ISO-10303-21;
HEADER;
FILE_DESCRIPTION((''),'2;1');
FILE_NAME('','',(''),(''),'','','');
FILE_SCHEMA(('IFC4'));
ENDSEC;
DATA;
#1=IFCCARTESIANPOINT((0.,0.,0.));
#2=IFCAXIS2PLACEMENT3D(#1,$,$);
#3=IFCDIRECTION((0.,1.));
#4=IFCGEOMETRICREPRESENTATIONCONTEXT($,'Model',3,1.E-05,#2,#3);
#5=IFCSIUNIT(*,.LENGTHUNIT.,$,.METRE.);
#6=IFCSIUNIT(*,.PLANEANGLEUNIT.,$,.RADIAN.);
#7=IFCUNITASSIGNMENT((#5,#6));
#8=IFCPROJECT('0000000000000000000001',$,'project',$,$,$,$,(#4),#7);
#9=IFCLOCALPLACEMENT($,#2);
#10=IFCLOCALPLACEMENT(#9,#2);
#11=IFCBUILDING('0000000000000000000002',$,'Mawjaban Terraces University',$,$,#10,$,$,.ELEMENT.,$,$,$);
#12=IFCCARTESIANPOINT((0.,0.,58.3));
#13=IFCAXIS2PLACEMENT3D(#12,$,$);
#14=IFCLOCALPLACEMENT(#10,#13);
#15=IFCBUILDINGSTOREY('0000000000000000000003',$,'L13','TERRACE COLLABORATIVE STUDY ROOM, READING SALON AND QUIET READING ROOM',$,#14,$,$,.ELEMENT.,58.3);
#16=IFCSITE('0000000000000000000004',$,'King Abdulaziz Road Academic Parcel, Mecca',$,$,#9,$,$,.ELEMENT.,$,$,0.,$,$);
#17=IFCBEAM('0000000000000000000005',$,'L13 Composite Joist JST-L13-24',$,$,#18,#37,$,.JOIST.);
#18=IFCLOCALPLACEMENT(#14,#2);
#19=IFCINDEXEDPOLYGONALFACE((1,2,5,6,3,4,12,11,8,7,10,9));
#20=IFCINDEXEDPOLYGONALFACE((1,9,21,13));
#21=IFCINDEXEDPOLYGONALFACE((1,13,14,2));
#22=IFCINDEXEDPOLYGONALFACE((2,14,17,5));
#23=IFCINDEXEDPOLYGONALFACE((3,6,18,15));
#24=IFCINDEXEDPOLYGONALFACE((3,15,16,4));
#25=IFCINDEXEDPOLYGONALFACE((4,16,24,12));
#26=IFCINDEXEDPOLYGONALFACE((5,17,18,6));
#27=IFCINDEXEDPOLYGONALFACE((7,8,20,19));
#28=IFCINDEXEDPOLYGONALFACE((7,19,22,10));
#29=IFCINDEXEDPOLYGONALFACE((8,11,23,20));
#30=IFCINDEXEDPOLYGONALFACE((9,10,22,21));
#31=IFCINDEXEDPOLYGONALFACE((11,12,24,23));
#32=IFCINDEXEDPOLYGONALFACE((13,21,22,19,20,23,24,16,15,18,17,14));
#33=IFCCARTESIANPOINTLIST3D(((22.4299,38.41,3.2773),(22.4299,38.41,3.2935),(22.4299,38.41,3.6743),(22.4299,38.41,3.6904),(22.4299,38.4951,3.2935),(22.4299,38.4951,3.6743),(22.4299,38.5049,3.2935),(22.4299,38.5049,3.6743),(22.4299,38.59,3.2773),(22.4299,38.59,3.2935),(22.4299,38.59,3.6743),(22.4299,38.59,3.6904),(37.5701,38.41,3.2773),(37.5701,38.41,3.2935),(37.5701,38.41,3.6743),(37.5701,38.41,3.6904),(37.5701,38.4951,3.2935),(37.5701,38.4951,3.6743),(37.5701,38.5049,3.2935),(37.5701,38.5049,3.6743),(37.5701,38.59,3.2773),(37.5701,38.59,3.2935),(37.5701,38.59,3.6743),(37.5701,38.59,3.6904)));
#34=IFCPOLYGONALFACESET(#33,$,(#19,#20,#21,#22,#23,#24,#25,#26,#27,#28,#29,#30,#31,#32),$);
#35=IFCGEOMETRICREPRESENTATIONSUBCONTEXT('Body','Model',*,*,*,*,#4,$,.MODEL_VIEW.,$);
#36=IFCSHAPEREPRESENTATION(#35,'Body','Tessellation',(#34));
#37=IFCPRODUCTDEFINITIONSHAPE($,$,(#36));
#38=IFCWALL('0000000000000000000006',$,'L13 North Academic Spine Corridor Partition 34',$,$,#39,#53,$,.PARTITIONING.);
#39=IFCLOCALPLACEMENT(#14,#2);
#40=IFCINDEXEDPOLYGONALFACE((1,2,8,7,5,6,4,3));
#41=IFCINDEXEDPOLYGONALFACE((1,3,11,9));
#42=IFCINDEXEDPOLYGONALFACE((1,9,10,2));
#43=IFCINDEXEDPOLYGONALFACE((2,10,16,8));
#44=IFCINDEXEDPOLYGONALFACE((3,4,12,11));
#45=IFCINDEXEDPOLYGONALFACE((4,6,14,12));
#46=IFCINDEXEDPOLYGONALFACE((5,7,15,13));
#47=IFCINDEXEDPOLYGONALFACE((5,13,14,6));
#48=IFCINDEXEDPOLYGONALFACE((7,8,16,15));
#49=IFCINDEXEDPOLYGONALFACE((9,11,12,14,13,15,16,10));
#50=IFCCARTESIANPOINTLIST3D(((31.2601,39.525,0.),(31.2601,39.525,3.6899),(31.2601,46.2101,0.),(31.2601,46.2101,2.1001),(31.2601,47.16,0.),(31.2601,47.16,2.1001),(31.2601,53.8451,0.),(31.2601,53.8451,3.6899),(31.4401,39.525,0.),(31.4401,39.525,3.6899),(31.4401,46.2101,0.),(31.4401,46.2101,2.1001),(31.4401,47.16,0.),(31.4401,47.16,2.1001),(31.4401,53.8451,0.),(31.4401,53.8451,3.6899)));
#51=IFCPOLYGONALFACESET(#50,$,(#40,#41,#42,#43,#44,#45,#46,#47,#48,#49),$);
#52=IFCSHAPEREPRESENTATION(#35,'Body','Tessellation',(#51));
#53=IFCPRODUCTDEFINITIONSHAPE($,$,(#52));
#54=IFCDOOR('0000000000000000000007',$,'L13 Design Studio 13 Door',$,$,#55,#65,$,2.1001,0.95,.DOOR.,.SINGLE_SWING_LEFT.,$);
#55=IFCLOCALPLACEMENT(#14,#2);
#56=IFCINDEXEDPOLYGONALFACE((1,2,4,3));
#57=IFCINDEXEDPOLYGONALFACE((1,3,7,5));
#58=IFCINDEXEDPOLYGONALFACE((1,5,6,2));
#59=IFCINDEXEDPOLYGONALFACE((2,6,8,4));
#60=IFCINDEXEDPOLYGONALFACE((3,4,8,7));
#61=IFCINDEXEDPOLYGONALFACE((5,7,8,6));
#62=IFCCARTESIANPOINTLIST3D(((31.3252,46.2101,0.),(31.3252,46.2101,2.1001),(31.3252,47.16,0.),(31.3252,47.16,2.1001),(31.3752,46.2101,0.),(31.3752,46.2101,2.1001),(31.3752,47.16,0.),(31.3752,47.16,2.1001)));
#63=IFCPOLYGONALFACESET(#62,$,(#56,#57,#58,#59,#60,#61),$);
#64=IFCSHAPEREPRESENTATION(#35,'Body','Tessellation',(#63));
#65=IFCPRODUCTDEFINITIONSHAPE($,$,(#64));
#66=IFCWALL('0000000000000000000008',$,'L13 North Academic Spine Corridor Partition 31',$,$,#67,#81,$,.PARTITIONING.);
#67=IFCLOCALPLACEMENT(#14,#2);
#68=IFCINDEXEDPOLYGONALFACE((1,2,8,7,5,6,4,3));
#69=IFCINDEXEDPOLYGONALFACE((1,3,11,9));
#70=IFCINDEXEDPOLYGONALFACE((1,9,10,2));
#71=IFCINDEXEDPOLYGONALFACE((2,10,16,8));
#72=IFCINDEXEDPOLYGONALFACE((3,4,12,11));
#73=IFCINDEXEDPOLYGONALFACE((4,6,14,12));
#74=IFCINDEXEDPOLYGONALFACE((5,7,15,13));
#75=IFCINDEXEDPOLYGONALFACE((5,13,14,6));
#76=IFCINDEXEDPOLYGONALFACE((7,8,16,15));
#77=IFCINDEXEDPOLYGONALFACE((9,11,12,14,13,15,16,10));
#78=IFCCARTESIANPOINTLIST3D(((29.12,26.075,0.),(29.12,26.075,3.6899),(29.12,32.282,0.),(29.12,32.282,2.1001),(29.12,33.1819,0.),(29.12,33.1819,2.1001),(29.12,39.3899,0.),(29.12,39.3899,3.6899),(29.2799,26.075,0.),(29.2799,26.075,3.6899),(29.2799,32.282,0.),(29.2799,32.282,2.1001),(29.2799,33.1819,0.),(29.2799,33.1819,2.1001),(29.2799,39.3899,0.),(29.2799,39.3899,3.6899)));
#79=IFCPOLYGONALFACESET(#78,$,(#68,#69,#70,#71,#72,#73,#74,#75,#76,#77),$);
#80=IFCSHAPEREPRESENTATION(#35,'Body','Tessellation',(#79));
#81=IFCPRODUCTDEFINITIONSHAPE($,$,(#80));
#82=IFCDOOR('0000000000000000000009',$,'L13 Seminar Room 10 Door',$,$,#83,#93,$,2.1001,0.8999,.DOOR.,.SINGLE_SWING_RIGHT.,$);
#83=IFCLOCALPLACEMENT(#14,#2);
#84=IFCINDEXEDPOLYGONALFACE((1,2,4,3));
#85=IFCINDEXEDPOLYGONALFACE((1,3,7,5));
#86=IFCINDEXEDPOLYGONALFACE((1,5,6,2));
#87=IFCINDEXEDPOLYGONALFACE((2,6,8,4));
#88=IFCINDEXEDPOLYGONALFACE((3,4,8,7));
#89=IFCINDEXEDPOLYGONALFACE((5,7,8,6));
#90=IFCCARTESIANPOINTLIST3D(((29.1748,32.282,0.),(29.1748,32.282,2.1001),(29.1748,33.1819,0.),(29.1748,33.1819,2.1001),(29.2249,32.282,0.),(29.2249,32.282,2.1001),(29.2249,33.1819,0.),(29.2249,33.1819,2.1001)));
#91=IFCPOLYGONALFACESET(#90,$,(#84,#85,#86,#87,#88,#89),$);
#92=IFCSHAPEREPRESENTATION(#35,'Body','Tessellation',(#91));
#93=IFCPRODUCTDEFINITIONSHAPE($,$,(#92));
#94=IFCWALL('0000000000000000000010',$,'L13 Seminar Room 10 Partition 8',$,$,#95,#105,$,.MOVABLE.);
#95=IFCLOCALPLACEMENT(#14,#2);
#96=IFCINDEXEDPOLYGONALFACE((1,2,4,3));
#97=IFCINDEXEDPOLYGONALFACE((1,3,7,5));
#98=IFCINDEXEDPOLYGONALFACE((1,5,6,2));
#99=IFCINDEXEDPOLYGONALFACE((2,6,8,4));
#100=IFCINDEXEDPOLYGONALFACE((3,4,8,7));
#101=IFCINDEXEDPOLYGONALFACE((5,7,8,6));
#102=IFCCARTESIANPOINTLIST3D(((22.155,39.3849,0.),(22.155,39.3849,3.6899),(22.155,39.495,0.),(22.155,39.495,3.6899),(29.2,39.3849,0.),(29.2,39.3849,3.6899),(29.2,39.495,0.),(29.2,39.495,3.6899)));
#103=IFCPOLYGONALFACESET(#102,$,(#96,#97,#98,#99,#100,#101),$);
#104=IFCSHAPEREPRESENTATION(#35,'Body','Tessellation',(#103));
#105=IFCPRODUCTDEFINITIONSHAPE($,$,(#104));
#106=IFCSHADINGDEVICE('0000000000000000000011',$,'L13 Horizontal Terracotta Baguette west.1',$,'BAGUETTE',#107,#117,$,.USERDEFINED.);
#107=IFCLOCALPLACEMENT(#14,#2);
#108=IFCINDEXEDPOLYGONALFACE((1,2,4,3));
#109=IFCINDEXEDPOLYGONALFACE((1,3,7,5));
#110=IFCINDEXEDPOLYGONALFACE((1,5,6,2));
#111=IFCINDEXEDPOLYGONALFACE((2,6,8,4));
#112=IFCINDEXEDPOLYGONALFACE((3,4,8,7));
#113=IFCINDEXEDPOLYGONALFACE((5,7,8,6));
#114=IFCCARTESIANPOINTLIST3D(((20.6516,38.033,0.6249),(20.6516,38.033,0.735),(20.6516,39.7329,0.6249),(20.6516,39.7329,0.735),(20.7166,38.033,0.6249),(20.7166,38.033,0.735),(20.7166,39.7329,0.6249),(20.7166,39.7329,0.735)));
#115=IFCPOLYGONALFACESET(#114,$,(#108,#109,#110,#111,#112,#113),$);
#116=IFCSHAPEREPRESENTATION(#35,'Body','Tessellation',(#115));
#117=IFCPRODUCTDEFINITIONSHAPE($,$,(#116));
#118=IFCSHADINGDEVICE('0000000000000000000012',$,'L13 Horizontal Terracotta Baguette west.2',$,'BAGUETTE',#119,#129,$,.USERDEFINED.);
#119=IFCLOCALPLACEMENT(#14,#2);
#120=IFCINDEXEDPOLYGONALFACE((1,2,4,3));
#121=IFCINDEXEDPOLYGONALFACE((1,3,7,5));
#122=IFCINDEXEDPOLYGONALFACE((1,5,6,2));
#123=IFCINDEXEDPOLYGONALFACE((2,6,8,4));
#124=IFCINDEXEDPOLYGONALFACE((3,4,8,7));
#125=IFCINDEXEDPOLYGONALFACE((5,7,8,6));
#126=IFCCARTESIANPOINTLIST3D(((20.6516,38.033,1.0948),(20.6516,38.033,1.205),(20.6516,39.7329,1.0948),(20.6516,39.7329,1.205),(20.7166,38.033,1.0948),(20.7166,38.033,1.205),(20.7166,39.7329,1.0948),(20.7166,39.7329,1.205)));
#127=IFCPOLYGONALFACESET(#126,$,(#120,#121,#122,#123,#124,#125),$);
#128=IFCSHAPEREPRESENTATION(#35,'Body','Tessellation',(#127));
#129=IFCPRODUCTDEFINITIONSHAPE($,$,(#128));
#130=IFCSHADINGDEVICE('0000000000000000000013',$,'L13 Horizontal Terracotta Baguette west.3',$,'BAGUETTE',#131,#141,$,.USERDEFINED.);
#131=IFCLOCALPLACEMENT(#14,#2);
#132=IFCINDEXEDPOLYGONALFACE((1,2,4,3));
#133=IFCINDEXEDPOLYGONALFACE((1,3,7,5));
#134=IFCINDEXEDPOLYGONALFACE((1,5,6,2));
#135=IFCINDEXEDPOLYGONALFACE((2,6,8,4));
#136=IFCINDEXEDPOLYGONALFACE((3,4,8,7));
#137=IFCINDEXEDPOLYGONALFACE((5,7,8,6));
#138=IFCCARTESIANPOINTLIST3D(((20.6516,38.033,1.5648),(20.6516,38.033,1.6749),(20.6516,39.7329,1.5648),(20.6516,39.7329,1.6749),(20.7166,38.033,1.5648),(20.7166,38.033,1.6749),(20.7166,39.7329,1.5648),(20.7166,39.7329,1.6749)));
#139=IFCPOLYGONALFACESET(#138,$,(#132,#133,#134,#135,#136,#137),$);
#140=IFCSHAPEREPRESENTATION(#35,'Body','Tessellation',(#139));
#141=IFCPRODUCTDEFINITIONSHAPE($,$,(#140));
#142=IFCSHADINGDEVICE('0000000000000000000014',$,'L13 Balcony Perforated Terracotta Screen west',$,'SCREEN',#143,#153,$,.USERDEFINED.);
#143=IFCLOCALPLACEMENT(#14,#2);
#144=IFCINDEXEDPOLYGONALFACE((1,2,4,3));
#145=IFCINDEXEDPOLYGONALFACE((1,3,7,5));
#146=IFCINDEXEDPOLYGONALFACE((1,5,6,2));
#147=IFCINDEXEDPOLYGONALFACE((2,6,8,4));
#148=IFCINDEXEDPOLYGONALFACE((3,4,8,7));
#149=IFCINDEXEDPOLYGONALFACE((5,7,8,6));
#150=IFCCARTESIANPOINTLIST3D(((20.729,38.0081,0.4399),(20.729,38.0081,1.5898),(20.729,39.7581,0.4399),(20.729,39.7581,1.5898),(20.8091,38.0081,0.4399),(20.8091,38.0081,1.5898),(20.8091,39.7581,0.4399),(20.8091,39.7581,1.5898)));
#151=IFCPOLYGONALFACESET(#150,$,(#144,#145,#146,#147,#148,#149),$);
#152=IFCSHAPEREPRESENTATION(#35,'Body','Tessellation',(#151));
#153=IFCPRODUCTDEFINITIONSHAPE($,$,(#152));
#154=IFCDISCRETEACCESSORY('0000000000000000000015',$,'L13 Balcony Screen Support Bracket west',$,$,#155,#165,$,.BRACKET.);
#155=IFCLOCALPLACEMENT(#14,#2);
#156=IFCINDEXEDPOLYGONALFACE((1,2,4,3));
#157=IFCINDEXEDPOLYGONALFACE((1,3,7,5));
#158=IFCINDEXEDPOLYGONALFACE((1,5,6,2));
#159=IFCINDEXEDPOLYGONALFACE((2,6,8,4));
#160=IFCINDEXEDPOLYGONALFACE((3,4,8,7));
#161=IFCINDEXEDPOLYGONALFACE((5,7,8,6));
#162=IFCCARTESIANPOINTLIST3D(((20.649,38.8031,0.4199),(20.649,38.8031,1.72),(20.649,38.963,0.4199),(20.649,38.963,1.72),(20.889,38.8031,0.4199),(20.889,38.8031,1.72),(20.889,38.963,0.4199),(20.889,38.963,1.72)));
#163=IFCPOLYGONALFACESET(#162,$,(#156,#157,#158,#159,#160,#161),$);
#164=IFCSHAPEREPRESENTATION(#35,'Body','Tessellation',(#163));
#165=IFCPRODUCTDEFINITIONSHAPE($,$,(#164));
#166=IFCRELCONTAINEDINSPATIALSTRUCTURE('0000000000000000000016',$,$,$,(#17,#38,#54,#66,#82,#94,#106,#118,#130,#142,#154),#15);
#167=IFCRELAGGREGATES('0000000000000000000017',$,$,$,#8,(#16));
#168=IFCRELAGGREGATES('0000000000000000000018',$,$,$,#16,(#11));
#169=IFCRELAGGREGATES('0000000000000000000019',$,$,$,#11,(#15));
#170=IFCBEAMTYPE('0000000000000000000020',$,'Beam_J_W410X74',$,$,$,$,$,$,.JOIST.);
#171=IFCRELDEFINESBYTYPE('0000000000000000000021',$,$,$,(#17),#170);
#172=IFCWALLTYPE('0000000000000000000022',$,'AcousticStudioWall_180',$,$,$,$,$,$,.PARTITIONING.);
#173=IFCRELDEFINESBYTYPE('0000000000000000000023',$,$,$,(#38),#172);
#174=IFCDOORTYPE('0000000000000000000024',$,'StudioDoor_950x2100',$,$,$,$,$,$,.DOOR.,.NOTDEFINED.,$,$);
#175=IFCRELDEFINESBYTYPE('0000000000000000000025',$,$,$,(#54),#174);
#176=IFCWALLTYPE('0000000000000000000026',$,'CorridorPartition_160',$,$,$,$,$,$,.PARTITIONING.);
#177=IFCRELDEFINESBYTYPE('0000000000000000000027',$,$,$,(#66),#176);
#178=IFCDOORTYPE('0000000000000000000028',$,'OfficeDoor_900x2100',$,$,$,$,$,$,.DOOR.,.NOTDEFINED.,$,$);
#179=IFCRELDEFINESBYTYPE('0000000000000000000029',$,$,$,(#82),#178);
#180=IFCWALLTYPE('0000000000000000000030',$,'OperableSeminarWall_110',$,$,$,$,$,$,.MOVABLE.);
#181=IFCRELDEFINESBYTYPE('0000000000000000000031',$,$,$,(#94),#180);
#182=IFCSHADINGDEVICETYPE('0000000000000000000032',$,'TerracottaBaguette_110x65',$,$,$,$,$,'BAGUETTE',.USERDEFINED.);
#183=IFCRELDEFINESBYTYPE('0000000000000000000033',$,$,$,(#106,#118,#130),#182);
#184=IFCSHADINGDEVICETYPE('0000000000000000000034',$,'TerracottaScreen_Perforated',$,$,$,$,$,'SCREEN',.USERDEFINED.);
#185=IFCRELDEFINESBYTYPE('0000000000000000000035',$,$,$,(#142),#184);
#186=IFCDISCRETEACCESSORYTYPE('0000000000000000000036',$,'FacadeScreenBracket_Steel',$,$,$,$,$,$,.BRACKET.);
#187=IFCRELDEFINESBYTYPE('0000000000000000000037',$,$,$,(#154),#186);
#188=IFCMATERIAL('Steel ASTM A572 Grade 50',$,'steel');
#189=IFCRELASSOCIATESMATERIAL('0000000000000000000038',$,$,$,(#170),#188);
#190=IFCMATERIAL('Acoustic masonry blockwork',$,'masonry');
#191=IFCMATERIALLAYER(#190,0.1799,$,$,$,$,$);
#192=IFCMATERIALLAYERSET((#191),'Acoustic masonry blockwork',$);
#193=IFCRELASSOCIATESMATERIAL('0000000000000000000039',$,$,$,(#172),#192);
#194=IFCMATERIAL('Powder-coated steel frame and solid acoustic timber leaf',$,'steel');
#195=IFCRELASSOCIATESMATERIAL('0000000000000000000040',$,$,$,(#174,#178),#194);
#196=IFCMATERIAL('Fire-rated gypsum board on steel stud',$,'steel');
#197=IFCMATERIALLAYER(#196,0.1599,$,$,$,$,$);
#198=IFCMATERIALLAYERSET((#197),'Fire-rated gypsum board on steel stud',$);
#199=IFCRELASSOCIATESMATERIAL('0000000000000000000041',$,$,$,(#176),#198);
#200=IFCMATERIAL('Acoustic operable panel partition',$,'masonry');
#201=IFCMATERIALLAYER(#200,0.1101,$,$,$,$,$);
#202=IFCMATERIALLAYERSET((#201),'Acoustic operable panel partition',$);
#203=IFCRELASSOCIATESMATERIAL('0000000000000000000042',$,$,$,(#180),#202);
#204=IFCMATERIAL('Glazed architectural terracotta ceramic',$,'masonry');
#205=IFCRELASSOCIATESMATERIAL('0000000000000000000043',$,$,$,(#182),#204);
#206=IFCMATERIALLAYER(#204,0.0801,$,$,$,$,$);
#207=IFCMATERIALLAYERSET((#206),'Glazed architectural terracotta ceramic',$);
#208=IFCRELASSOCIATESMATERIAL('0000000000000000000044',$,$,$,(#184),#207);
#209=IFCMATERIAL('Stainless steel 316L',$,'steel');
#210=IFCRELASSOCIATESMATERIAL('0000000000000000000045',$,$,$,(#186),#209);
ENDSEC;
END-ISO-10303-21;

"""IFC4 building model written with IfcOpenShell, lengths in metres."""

from ifc_helpers import new_model, si_unit, direction, frame, frame_2d, origin, origin_2d, place, context, subcontext, project, spatial, rectangle, i_section, extrude, material, layer, layer_set, material_profile, profile_set, type_object, element, fill, save


model = new_model("IFC4")

# Units and contexts
model_context = context("Model", 3, precision=1e-05, world=origin(), true_north=direction((0.0, 1.0)))
body_context = subcontext(model_context, "Body", "Model", "MODEL_VIEW")
ifc_project = project(units=[si_unit("LENGTHUNIT", "METRE"), si_unit("PLANEANGLEUNIT", "RADIAN")], contexts=[model_context])

# Site, building, storey
site_placement = place(None, origin())
site = spatial("IfcSite", under=ifc_project, at=site_placement, Name="King Abdulaziz Road Academic Parcel, Mecca", CompositionType="ELEMENT", RefElevation=0.0)
building_placement = place(site_placement, origin())
building = spatial("IfcBuilding", under=site, at=building_placement, Name="Mawjaban Terraces University", CompositionType="ELEMENT")
storey_placement = place(building_placement, frame((0.0, 0.0, 58.3)))
storey = spatial("IfcBuildingStorey", under=building, at=storey_placement, Name="L13", Description="TERRACE COLLABORATIVE STUDY ROOM, READING SALON AND QUIET READING ROOM", CompositionType="ELEMENT", Elevation=58.3)

# Beam
ifc_material_1 = material(Name="Steel ASTM A572 Grade 50", Category="steel")
ifc_material_profile_1 = material_profile(ifc_material_1, i_section(OverallWidth=0.1799, OverallDepth=0.4131, WebThickness=0.0098, FlangeThickness=0.0161, at=origin_2d()), Name="W410X74")
ifc_profile_set_1 = profile_set([ifc_material_profile_1], Name="Steel ASTM A572 Grade 50")
beam_type = type_object("IfcBeamType", Name="Beam_J_W410X74", PredefinedType="JOIST", material=ifc_profile_set_1)
beam_placement = place(storey_placement, frame((22.4299, 38.5, 3.4839), z_axis=(1.0, 0.0, 0.0), x_axis=(0.0, 1.0, 0.0)))
element("IfcBeam", 1, at=beam_placement, inside=storey, type_object=beam_type, Name="L13 Composite Joist JST-L13-24", PredefinedType="JOIST", context=body_context, shape_type="SweptSolid", body=[
    extrude(i_section(OverallWidth=0.1799, OverallDepth=0.4131, WebThickness=0.0098, FlangeThickness=0.0161, at=origin_2d()), origin(), (0.0, 0.0, 1.0), 15.1401),
])

# Walls, openings, doors
ifc_material_2 = material(Name="Acoustic masonry blockwork", Category="masonry")
ifc_layer_1 = layer(ifc_material_2, 0.1799)
ifc_layer_set_1 = layer_set([ifc_layer_1], Name="Acoustic masonry blockwork")
wall_type_1 = type_object("IfcWallType", Name="AcousticStudioWall_180", PredefinedType="PARTITIONING", material=ifc_layer_set_1)
wall_1_placement = place(storey_placement, frame((31.3501, 39.5249, 0.0), z_axis=(0.0, 0.0, 1.0), x_axis=(0.0, 1.0, 0.0)))
wall_1 = element("IfcWall", 2, at=wall_1_placement, inside=storey, type_object=wall_type_1, Name="L13 North Academic Spine Corridor Partition 34", PredefinedType="PARTITIONING", context=body_context, shape_type="SweptSolid", body=[
    extrude(rectangle(XDim=14.3201, YDim=0.1799, at=frame_2d((7.1602, 0.0))), origin(), (0.0, 0.0, 1.0), 3.6899),
])
opening_1_placement = place(wall_1_placement, frame((6.6851, 0.0, 0.0)))
opening_1 = element("IfcOpeningElement", 3, at=opening_1_placement, cuts=wall_1, PredefinedType="OPENING", context=body_context, shape_type="SweptSolid", body=[
    extrude(rectangle(XDim=0.95, YDim=2.1001, at=frame_2d((0.4751, 1.05))), frame((0.0, 0.0999, 0.0), z_axis=(0.0, -1.0, 0.0), x_axis=(1.0, 0.0, 0.0)), (0.0, 0.0, 1.0), 0.2),
])
ifc_material_3 = material(Name="Powder-coated steel frame and solid acoustic timber leaf", Category="steel")
door_type_1 = type_object("IfcDoorType", Name="StudioDoor_950x2100", OperationType="NOTDEFINED", PredefinedType="DOOR", material=ifc_material_3)
door_1_placement = place(opening_1_placement, origin())
door_1 = element("IfcDoor", 4, at=door_1_placement, inside=storey, type_object=door_type_1, Name="L13 Design Studio 13 Door", OperationType="SINGLE_SWING_LEFT", OverallHeight=2.1001, OverallWidth=0.95, PredefinedType="DOOR", context=body_context, shape_type="SweptSolid", body=[
    extrude(rectangle(XDim=0.95, YDim=2.1001, at=frame_2d((0.4751, 1.05))), frame((0.0, 0.0249, 0.0), z_axis=(0.0, -1.0, 0.0), x_axis=(1.0, 0.0, 0.0)), (0.0, 0.0, 1.0), 0.05),
])
fill(opening_1, door_1)
ifc_material_4 = material(Name="Fire-rated gypsum board on steel stud", Category="steel")
ifc_layer_2 = layer(ifc_material_4, 0.1599)
ifc_layer_set_2 = layer_set([ifc_layer_2], Name="Fire-rated gypsum board on steel stud")
wall_type_2 = type_object("IfcWallType", Name="CorridorPartition_160", PredefinedType="PARTITIONING", material=ifc_layer_set_2)
wall_2_placement = place(storey_placement, frame((29.2, 39.3899, 0.0), z_axis=(0.0, 0.0, 1.0), x_axis=(0.0, -1.0, 0.0)))
wall_2 = element("IfcWall", 5, at=wall_2_placement, inside=storey, type_object=wall_type_2, Name="L13 North Academic Spine Corridor Partition 31", PredefinedType="PARTITIONING", context=body_context, shape_type="SweptSolid", body=[
    extrude(rectangle(XDim=13.3149, YDim=0.1599, at=frame_2d((6.6575, 0.0))), origin(), (0.0, 0.0, 1.0), 3.6899),
])
opening_2_placement = place(wall_2_placement, frame((6.208, 0.0, 0.0)))
opening_2 = element("IfcOpeningElement", 6, at=opening_2_placement, cuts=wall_2, PredefinedType="OPENING", context=body_context, shape_type="SweptSolid", body=[
    extrude(rectangle(XDim=0.8999, YDim=2.1001, at=frame_2d((0.45, 1.05))), frame((0.0, 0.0898, 0.0), z_axis=(0.0, -1.0, 0.0), x_axis=(1.0, 0.0, 0.0)), (0.0, 0.0, 1.0), 0.1799),
])
door_type_2 = type_object("IfcDoorType", Name="OfficeDoor_900x2100", OperationType="NOTDEFINED", PredefinedType="DOOR", material=ifc_material_3)
door_2_placement = place(opening_2_placement, origin())
door_2 = element("IfcDoor", 7, at=door_2_placement, inside=storey, type_object=door_type_2, Name="L13 Seminar Room 10 Door", OperationType="SINGLE_SWING_RIGHT", OverallHeight=2.1001, OverallWidth=0.8999, PredefinedType="DOOR", context=body_context, shape_type="SweptSolid", body=[
    extrude(rectangle(XDim=0.8999, YDim=2.1001, at=frame_2d((0.45, 1.05))), frame((0.0, 0.0249, 0.0), z_axis=(0.0, -1.0, 0.0), x_axis=(1.0, 0.0, 0.0)), (0.0, 0.0, 1.0), 0.05),
])
fill(opening_2, door_2)

# Wall
ifc_material_5 = material(Name="Acoustic operable panel partition", Category="masonry")
ifc_layer_3 = layer(ifc_material_5, 0.1101)
ifc_layer_set_3 = layer_set([ifc_layer_3], Name="Acoustic operable panel partition")
wall_type_3 = type_object("IfcWallType", Name="OperableSeminarWall_110", PredefinedType="MOVABLE", material=ifc_layer_set_3)
wall_3_placement = place(storey_placement, frame((29.2, 39.4399, 0.0), z_axis=(0.0, 0.0, 1.0), x_axis=(-1.0, 0.0, 0.0)))
element("IfcWall", 8, at=wall_3_placement, inside=storey, type_object=wall_type_3, Name="L13 Seminar Room 10 Partition 8", PredefinedType="MOVABLE", context=body_context, shape_type="SweptSolid", body=[
    extrude(rectangle(XDim=7.0449, YDim=0.1101, at=frame_2d((3.5225, 0.0))), origin(), (0.0, 0.0, 1.0), 3.6899),
])

# Shading devices
ifc_material_6 = material(Name="Glazed architectural terracotta ceramic", Category="masonry")
ifc_material_profile_2 = material_profile(ifc_material_6, rectangle(XDim=0.0649, YDim=0.1101, at=origin_2d()), Name="TBAG110X65")
ifc_profile_set_2 = profile_set([ifc_material_profile_2], Name="Glazed architectural terracotta ceramic")
shading_device_type_1 = type_object("IfcShadingDeviceType", Name="TerracottaBaguette_110x65", ElementType="BAGUETTE", PredefinedType="USERDEFINED", material=ifc_profile_set_2)
for number, where, z_axis, x_axis, name in (
    (9, (20.6841, 38.033, 0.6799), (0.0, 1.0, 0.0), (-1.0, 0.0, 0.0), "L13 Horizontal Terracotta Baguette west.1"),
    (10, (20.6841, 38.033, 1.1499), (0.0, 1.0, 0.0), (-1.0, 0.0, 0.0), "L13 Horizontal Terracotta Baguette west.2"),
    (11, (20.6841, 38.033, 1.6199), (0.0, 1.0, 0.0), (-1.0, 0.0, 0.0), "L13 Horizontal Terracotta Baguette west.3"),
):
    element("IfcShadingDevice", number, at=place(storey_placement, frame(where, z_axis=z_axis, x_axis=x_axis)), inside=storey, type_object=shading_device_type_1, Name=name, ObjectType="BAGUETTE", PredefinedType="USERDEFINED", context=body_context, shape_type="SweptSolid", body=[
        extrude(rectangle(XDim=0.0649, YDim=0.1101, at=origin_2d()), origin(), (0.0, 0.0, 1.0), 1.7),
    ])
ifc_layer_4 = layer(ifc_material_6, 0.0801)
ifc_layer_set_4 = layer_set([ifc_layer_4], Name="Glazed architectural terracotta ceramic")
shading_device_type_2 = type_object("IfcShadingDeviceType", Name="TerracottaScreen_Perforated", ElementType="SCREEN", PredefinedType="USERDEFINED", material=ifc_layer_set_4)
shading_device_placement = place(storey_placement, frame((20.769, 38.8831, 0.4399), z_axis=(0.0, 0.0, 1.0), x_axis=(0.0, 1.0, 0.0)))
element("IfcShadingDevice", 12, at=shading_device_placement, inside=storey, type_object=shading_device_type_2, Name="L13 Balcony Perforated Terracotta Screen west", ObjectType="SCREEN", PredefinedType="USERDEFINED", context=body_context, shape_type="SweptSolid", body=[
    extrude(rectangle(XDim=1.75, YDim=0.0801, at=origin_2d()), origin(), (0.0, 0.0, 1.0), 1.1499),
])

# Discrete accessory
ifc_material_7 = material(Name="Stainless steel 316L", Category="steel")
discrete_accessory_type_1 = type_object("IfcDiscreteAccessoryType", Name="FacadeScreenBracket_Steel", PredefinedType="BRACKET", material=ifc_material_7)
discrete_accessory_1_placement = place(storey_placement, frame((20.769, 38.8831, 0.4199), z_axis=(0.0, 0.0, 1.0), x_axis=(0.0, 1.0, 0.0)))
element("IfcDiscreteAccessory", 13, at=discrete_accessory_1_placement, inside=storey, type_object=discrete_accessory_type_1, Name="L13 Balcony Screen Support Bracket west", PredefinedType="BRACKET", context=body_context, shape_type="SweptSolid", body=[
    extrude(rectangle(XDim=0.1599, YDim=0.24, at=origin_2d()), origin(), (0.0, 0.0, 1.0), 1.3),
])

save(model, "model.ifc")
